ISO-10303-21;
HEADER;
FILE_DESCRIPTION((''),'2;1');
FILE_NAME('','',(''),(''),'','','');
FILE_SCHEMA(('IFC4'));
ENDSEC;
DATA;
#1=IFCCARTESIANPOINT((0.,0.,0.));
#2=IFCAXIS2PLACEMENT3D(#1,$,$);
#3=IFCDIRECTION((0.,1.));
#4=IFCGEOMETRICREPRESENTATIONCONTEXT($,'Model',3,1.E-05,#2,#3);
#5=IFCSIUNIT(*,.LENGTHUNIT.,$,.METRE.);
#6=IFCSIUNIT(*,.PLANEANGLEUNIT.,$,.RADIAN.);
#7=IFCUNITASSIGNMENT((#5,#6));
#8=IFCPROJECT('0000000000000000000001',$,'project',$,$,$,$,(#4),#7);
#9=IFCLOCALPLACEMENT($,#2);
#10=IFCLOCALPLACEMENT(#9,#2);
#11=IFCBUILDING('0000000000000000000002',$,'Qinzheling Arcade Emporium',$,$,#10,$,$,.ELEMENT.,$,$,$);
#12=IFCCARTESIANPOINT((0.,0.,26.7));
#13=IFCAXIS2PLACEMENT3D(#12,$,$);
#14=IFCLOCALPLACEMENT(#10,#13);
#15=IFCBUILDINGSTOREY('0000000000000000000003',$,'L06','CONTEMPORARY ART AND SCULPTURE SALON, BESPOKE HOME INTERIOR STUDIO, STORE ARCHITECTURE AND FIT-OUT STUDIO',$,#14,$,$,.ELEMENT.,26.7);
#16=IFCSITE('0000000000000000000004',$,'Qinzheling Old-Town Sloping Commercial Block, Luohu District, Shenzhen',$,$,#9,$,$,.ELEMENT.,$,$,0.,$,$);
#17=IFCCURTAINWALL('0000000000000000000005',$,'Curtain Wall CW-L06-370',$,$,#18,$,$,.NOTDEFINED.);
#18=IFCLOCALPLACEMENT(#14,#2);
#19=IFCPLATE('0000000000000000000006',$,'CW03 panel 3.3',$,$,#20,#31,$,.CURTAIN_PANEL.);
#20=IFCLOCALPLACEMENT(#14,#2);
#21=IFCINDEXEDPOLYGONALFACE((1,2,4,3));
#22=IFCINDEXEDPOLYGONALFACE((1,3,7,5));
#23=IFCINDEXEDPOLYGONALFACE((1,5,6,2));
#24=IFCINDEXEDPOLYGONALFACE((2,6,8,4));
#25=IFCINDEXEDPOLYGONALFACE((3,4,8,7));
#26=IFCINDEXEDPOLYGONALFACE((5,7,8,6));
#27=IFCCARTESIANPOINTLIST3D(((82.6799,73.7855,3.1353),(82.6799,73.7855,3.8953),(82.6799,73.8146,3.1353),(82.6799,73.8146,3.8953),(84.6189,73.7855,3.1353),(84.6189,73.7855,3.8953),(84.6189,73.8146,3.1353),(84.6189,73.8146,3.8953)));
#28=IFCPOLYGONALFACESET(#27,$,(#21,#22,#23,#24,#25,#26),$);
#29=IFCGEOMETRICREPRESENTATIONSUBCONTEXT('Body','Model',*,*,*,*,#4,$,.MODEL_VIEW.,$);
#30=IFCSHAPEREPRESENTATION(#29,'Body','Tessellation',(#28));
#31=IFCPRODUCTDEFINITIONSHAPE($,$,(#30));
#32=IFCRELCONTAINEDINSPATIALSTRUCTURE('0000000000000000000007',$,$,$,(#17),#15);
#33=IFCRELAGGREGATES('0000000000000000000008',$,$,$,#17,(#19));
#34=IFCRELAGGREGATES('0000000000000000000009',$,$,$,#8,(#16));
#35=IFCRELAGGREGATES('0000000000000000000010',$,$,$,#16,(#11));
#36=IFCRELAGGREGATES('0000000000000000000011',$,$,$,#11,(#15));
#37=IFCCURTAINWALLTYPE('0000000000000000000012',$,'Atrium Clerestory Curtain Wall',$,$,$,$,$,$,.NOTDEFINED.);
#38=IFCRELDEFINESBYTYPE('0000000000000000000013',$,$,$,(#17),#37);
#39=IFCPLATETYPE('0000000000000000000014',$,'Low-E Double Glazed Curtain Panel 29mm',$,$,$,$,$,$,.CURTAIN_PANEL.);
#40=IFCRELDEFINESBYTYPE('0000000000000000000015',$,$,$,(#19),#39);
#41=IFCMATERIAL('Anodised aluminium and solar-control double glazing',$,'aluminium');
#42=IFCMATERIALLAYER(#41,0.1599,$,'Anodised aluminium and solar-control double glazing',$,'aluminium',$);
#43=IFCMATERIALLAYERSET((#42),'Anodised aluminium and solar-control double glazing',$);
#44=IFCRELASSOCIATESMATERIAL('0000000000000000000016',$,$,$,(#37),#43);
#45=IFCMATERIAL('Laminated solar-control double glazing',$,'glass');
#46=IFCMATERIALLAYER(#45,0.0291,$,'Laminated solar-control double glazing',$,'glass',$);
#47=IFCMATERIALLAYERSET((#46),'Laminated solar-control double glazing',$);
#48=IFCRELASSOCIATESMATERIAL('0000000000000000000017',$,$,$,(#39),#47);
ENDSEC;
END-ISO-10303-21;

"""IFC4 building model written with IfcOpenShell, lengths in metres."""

from ifc_helpers import new_model, si_unit, direction, frame, origin, origin_2d, place, context, subcontext, project, spatial, rectangle, extrude, material, layer, layer_set, type_object, element, aggregate, save


model = new_model("IFC4")

# Units and contexts
model_context = context("Model", 3, precision=1e-05, world=origin(), true_north=direction((0.0, 1.0)))
body_context = subcontext(model_context, "Body", "Model", "MODEL_VIEW")
ifc_project = project(units=[si_unit("LENGTHUNIT", "METRE"), si_unit("PLANEANGLEUNIT", "RADIAN")], contexts=[model_context])

# Site, building, storey
site_placement = place(None, origin())
site = spatial("IfcSite", under=ifc_project, at=site_placement, Name="Qinzheling Old-Town Sloping Commercial Block, Luohu District, Shenzhen", CompositionType="ELEMENT", RefElevation=0.0)
building_placement = place(site_placement, origin())
building = spatial("IfcBuilding", under=site, at=building_placement, Name="Qinzheling Arcade Emporium", CompositionType="ELEMENT")
storey_placement = place(building_placement, frame((0.0, 0.0, 26.7)))
storey = spatial("IfcBuildingStorey", under=building, at=storey_placement, Name="L06", Description="CONTEMPORARY ART AND SCULPTURE SALON, BESPOKE HOME INTERIOR STUDIO, STORE ARCHITECTURE AND FIT-OUT STUDIO", CompositionType="ELEMENT", Elevation=26.7)

# Curtain wall
ifc_material_1 = material(Name="Anodised aluminium and solar-control double glazing", Category="aluminium")
ifc_layer_1 = layer(ifc_material_1, 0.1599, Name="Anodised aluminium and solar-control double glazing", Category="aluminium")
ifc_layer_set_1 = layer_set([ifc_layer_1], Name="Anodised aluminium and solar-control double glazing")
curtain_wall_type = type_object("IfcCurtainWallType", Name="Atrium Clerestory Curtain Wall", PredefinedType="NOTDEFINED", material=ifc_layer_set_1)
curtain_wall_placement = place(storey_placement, origin())
curtain_wall = element("IfcCurtainWall", 1, at=curtain_wall_placement, inside=storey, type_object=curtain_wall_type, Name="Curtain Wall CW-L06-370", PredefinedType="NOTDEFINED")

# Plate
ifc_material_2 = material(Name="Laminated solar-control double glazing", Category="glass")
ifc_layer_2 = layer(ifc_material_2, 0.0291, Name="Laminated solar-control double glazing", Category="glass")
ifc_layer_set_2 = layer_set([ifc_layer_2], Name="Laminated solar-control double glazing")
plate_type = type_object("IfcPlateType", Name="Low-E Double Glazed Curtain Panel 29mm", PredefinedType="CURTAIN_PANEL", material=ifc_layer_set_2)
plate_1_placement = place(storey_placement, frame((83.6494, 73.8, 3.1353), z_axis=(0.0, 0.0, 1.0), x_axis=(1.0, 0.0, 0.0)))
plate_1 = element("IfcPlate", 2, at=plate_1_placement, type_object=plate_type, Name="CW03 panel 3.3", PredefinedType="CURTAIN_PANEL", context=body_context, shape_type="SweptSolid", body=[
    extrude(rectangle(XDim=1.939, YDim=0.0291, at=origin_2d()), origin(), (0.0, 0.0, 1.0), 0.76),
])
aggregate(curtain_wall, [plate_1])

save(model, "model.ifc")
